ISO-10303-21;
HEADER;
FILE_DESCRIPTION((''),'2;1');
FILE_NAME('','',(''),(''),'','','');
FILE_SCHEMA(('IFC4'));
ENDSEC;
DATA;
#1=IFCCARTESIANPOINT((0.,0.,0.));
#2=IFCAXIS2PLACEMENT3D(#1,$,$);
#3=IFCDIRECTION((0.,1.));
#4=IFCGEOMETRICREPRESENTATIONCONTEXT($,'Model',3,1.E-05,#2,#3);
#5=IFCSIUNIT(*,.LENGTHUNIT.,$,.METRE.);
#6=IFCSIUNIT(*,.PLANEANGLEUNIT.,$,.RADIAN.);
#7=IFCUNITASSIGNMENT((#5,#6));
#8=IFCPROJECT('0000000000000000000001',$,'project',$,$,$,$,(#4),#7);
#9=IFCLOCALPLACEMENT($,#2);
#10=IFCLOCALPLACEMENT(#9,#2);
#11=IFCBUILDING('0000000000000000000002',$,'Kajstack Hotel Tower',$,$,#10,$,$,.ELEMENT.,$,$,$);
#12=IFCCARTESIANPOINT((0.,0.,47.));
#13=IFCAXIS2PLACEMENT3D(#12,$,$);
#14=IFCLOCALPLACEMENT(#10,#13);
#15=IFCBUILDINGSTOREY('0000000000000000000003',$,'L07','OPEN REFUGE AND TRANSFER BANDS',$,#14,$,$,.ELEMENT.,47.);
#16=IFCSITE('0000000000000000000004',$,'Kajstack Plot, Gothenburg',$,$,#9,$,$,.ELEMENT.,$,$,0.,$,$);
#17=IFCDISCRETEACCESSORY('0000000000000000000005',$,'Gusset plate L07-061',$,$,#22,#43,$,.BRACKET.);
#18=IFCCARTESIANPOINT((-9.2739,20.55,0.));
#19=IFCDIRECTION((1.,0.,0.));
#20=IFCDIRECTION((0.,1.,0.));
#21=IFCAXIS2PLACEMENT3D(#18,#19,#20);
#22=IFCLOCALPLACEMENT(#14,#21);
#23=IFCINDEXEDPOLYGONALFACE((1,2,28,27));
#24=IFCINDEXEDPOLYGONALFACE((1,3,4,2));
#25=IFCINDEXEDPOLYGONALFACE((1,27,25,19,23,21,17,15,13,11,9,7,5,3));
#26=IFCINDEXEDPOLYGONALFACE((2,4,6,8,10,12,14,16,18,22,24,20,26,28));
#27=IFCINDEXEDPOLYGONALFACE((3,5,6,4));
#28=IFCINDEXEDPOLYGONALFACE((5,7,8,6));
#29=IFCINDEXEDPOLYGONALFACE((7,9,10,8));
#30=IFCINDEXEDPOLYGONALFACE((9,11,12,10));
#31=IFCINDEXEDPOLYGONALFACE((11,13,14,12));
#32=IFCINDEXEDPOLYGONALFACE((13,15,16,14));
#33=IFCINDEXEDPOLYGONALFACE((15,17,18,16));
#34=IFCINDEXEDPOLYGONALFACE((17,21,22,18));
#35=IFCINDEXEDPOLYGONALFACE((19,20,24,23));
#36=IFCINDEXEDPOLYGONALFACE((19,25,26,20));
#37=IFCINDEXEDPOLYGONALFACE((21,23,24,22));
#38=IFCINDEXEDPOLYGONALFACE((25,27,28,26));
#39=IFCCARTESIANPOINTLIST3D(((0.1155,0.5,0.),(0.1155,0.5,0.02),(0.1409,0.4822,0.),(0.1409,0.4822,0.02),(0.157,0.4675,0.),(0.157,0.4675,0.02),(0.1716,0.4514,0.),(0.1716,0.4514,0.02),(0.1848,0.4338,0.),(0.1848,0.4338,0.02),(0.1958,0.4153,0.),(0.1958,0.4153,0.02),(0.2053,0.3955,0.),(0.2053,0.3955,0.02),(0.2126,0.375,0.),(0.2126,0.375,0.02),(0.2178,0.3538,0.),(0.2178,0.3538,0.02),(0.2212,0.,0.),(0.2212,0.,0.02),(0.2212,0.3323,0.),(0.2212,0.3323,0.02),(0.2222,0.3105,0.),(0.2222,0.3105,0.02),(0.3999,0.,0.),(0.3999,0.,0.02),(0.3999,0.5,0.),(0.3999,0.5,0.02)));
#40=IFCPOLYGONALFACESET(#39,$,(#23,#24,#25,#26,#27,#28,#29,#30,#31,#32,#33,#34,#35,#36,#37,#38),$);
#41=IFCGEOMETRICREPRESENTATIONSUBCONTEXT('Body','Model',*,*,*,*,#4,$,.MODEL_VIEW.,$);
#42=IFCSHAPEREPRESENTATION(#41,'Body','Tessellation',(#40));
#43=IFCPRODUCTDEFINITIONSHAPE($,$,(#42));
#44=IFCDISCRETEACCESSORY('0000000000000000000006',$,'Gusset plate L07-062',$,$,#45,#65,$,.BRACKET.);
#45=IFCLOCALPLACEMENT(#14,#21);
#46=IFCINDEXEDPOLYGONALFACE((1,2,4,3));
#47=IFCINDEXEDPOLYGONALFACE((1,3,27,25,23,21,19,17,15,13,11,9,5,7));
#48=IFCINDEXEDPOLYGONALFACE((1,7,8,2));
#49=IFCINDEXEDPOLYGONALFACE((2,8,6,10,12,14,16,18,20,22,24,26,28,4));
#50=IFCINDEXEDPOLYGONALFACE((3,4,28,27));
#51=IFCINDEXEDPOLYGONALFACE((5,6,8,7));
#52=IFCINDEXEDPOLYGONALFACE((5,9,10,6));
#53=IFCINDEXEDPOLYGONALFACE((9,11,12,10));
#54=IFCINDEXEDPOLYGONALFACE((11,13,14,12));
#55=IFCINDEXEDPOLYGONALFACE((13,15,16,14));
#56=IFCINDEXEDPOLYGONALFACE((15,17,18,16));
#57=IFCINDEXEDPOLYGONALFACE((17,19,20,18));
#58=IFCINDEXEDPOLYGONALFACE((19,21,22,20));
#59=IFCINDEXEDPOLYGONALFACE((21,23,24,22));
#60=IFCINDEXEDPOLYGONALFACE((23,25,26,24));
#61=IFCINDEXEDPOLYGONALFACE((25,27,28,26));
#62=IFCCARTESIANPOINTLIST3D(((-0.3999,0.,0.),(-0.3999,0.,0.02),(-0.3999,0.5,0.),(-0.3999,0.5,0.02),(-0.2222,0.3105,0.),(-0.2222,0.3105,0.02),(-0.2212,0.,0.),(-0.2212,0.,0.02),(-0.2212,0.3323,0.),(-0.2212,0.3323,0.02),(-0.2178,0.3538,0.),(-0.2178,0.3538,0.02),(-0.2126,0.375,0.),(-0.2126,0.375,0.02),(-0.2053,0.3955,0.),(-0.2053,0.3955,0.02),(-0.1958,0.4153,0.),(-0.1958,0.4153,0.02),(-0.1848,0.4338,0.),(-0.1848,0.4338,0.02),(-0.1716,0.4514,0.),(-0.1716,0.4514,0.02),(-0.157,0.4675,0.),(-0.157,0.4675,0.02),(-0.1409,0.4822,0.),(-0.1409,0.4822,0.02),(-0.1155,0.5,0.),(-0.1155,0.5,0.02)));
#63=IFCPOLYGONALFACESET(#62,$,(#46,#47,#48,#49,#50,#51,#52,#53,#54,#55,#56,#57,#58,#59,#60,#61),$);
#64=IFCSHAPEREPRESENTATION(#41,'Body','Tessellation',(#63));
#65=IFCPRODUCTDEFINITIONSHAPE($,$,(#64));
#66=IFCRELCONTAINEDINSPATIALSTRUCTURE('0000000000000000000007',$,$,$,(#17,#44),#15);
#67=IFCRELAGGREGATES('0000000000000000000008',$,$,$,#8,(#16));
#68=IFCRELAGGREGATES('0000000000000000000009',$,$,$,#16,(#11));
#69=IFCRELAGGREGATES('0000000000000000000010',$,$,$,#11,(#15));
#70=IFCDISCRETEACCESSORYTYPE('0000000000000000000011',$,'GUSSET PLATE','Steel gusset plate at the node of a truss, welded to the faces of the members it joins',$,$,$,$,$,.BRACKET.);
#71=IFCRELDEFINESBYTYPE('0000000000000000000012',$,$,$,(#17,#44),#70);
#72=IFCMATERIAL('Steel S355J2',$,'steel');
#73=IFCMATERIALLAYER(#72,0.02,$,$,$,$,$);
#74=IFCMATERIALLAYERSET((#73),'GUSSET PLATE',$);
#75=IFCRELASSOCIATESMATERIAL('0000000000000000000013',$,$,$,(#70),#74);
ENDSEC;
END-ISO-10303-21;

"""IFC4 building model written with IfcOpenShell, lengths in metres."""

from ifc_helpers import new_model, si_unit, direction, frame, origin, place, context, subcontext, project, spatial, polyline, outline, extrude, material, layer, layer_set, type_object, element, save


model = new_model("IFC4")

# Units and contexts
model_context = context("Model", 3, precision=1e-05, world=origin(), true_north=direction((0.0, 1.0)))
body_context = subcontext(model_context, "Body", "Model", "MODEL_VIEW")
ifc_project = project(units=[si_unit("LENGTHUNIT", "METRE"), si_unit("PLANEANGLEUNIT", "RADIAN")], contexts=[model_context])

# Site, building, storey
site_placement = place(None, origin())
site = spatial("IfcSite", under=ifc_project, at=site_placement, Name="Kajstack Plot, Gothenburg", CompositionType="ELEMENT", RefElevation=0.0)
building_placement = place(site_placement, origin())
building = spatial("IfcBuilding", under=site, at=building_placement, Name="Kajstack Hotel Tower", CompositionType="ELEMENT")
storey_placement = place(building_placement, frame((0.0, 0.0, 47.0)))
storey = spatial("IfcBuildingStorey", under=building, at=storey_placement, Name="L07", Description="OPEN REFUGE AND TRANSFER BANDS", CompositionType="ELEMENT", Elevation=47.0)

# Shared definitions
ifc_material_1 = material(Name="Steel S355J2", Category="steel")

# Discrete accessories
ifc_layer_1 = layer(ifc_material_1, 0.02)
ifc_layer_set_1 = layer_set([ifc_layer_1], Name="GUSSET PLATE")
discrete_accessory_type = type_object("IfcDiscreteAccessoryType", Name="GUSSET PLATE", Description="Steel gusset plate at the node of a truss, welded to the faces of the members it joins", PredefinedType="BRACKET", material=ifc_layer_set_1)
discrete_accessory_1_placement = place(storey_placement, frame((-9.2739, 20.55, 0.0), z_axis=(1.0, 0.0, 0.0), x_axis=(0.0, 1.0, 0.0)))
element("IfcDiscreteAccessory", 1, at=discrete_accessory_1_placement, inside=storey, type_object=discrete_accessory_type, Name="Gusset plate L07-061", PredefinedType="BRACKET", context=body_context, shape_type="SweptSolid", body=[
    extrude(outline(polyline([(0.3999, 0.5), (0.1155, 0.5), (0.1409, 0.4822), (0.157, 0.4675), (0.1716, 0.4514), (0.1848, 0.4338), (0.1958, 0.4153), (0.2053, 0.3955), (0.2126, 0.375), (0.2178, 0.3538), (0.2212, 0.3323), (0.2222, 0.3105), (0.2212, 0.0), (0.3999, 0.0), (0.3999, 0.5)])), origin(), (0.0, 0.0, 1.0), 0.02),
])
discrete_accessory_2_placement = place(storey_placement, frame((-9.2739, 20.55, 0.0), z_axis=(1.0, 0.0, 0.0), x_axis=(0.0, 1.0, 0.0)))
element("IfcDiscreteAccessory", 2, at=discrete_accessory_2_placement, inside=storey, type_object=discrete_accessory_type, Name="Gusset plate L07-062", PredefinedType="BRACKET", context=body_context, shape_type="SweptSolid", body=[
    extrude(outline(polyline([(-0.3999, 0.0), (-0.2212, 0.0), (-0.2222, 0.3105), (-0.2212, 0.3323), (-0.2178, 0.3538), (-0.2126, 0.375), (-0.2053, 0.3955), (-0.1958, 0.4153), (-0.1848, 0.4338), (-0.1716, 0.4514), (-0.157, 0.4675), (-0.1409, 0.4822), (-0.1155, 0.5), (-0.3999, 0.5), (-0.3999, 0.0)])), origin(), (0.0, 0.0, 1.0), 0.02),
])

save(model, "model.ifc")
